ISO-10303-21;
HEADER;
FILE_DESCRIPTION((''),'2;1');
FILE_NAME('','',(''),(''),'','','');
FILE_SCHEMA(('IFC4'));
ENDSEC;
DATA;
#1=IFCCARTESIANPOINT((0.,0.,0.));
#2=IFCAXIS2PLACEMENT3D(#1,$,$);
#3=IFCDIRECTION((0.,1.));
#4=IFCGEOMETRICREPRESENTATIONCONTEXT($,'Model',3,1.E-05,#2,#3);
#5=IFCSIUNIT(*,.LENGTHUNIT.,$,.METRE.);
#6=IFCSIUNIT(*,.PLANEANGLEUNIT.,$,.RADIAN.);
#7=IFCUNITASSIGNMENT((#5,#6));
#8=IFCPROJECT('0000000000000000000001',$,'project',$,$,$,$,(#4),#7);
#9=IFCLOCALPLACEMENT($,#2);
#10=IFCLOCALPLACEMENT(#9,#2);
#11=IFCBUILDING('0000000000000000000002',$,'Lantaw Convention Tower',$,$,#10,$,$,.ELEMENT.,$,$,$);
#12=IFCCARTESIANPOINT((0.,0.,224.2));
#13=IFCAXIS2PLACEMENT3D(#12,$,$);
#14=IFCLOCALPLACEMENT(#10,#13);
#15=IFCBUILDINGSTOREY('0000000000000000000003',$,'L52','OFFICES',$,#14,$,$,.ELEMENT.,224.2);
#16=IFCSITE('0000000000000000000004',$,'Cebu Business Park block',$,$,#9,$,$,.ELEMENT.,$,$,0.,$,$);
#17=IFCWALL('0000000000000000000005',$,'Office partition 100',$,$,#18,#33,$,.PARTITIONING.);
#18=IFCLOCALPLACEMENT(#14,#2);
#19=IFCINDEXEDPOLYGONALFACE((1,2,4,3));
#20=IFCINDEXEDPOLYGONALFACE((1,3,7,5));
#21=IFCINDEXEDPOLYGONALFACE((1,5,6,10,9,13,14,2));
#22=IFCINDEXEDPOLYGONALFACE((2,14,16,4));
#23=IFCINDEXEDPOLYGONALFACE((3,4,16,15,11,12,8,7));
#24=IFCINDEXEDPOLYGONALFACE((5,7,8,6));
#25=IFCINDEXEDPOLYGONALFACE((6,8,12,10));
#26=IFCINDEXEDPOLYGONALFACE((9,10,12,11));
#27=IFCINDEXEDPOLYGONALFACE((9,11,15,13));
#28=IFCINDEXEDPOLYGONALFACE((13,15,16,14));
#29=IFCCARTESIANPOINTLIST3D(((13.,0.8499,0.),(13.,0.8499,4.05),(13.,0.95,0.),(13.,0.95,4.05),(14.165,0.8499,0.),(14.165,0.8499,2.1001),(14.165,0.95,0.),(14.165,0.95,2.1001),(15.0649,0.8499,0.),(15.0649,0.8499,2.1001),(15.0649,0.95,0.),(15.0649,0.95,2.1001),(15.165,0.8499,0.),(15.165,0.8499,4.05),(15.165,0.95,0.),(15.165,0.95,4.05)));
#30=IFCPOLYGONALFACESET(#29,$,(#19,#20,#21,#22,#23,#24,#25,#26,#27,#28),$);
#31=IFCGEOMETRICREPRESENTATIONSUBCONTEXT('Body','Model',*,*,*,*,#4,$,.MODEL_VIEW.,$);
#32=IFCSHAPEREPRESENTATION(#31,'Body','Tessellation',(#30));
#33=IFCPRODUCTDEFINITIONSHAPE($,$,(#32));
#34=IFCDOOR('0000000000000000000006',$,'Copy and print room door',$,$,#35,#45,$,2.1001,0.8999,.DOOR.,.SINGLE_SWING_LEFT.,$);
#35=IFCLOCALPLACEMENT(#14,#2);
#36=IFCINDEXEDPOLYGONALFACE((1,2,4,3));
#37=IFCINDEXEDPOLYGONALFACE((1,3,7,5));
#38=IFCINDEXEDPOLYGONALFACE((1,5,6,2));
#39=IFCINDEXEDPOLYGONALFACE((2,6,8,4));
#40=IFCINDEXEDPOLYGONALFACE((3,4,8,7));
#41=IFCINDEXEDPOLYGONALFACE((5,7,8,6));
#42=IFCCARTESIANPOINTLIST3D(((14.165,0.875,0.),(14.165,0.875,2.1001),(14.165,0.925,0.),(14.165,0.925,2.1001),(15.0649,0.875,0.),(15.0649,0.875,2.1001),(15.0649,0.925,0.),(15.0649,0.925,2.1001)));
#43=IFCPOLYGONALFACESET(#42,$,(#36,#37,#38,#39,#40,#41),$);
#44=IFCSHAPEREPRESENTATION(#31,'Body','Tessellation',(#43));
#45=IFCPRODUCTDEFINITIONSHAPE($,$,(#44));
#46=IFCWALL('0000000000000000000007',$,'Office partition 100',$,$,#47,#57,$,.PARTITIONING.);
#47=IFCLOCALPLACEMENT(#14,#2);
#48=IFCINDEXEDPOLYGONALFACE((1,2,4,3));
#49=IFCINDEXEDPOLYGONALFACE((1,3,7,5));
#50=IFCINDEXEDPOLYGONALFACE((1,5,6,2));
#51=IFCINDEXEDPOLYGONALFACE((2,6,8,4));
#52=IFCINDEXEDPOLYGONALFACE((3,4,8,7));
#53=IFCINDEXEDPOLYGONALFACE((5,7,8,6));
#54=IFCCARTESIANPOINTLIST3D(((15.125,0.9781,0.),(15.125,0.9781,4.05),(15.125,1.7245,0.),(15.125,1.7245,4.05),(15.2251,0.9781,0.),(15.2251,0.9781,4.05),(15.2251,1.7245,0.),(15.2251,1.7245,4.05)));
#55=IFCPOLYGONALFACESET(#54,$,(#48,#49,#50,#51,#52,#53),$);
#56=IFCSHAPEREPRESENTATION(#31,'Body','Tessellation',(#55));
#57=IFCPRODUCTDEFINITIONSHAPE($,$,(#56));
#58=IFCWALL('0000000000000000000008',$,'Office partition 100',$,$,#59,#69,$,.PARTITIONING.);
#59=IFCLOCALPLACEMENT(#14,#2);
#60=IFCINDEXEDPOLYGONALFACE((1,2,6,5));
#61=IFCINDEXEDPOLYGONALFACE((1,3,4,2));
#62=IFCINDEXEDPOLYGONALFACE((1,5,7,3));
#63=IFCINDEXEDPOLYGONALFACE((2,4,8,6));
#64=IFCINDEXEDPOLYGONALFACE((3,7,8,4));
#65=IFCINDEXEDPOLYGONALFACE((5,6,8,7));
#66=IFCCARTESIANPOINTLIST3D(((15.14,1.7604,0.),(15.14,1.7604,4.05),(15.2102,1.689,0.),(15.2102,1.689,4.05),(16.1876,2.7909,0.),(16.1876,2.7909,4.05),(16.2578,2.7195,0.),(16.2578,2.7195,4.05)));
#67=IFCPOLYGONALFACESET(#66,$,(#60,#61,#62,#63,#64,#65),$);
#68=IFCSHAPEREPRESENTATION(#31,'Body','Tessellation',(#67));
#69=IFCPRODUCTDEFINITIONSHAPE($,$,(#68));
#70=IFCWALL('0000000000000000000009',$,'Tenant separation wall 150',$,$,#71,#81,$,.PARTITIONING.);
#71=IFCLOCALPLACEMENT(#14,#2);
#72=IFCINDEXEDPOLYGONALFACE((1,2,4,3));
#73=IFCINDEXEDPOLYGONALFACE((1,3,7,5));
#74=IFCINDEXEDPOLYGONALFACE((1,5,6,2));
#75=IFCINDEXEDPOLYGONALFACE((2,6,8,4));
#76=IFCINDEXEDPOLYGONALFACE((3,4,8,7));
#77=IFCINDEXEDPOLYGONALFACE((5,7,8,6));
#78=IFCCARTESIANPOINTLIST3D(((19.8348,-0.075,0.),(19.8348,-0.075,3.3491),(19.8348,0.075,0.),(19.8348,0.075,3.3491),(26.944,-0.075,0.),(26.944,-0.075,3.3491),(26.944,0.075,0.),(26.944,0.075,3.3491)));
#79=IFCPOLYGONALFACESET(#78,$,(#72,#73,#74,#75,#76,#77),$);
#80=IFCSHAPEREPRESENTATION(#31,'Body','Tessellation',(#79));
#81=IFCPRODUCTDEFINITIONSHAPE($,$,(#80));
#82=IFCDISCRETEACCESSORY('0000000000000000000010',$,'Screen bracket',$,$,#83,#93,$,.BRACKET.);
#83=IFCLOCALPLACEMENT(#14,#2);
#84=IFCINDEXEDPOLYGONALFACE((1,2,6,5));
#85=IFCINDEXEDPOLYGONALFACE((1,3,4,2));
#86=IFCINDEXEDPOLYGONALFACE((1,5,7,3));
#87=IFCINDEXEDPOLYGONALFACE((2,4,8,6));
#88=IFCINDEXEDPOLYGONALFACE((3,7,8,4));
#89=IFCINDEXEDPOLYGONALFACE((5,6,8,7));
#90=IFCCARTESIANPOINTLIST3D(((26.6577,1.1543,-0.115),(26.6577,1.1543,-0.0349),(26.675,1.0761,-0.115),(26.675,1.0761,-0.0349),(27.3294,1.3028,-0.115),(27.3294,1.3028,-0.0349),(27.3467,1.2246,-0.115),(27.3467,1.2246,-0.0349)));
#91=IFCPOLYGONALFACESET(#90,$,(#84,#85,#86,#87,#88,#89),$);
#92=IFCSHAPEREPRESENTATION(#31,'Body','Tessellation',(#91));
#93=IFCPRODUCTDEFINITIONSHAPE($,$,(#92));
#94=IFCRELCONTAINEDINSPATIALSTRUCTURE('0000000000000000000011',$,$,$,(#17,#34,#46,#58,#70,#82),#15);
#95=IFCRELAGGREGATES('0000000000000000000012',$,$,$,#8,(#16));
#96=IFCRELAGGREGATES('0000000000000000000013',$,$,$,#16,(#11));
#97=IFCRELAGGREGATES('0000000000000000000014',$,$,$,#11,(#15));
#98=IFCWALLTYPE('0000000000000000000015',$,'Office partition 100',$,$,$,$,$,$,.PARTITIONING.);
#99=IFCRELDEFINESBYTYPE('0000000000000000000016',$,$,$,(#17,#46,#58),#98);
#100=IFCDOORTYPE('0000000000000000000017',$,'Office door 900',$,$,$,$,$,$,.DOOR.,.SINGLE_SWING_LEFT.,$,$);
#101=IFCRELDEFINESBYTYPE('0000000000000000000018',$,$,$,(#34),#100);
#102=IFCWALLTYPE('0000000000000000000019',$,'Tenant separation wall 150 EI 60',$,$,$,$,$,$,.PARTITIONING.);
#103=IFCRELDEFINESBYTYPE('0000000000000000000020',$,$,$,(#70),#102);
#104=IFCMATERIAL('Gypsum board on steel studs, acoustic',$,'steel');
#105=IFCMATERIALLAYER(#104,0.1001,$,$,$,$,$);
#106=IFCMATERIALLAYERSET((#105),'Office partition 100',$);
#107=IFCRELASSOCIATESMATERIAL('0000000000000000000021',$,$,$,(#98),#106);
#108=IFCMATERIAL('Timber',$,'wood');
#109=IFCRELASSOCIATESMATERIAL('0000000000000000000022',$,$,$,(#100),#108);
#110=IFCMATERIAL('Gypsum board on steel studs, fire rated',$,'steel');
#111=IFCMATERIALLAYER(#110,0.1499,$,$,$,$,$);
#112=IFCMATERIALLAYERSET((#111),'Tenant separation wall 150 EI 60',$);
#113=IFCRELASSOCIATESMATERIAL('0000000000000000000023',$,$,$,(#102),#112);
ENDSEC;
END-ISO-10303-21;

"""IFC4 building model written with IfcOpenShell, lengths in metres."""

from ifc_helpers import new_model, si_unit, direction, frame, frame_2d, origin, origin_2d, place, context, subcontext, project, spatial, rectangle, extrude, material, layer, layer_set, type_object, element, fill, save


model = new_model("IFC4")

# Units and contexts
model_context = context("Model", 3, precision=1e-05, world=origin(), true_north=direction((0.0, 1.0)))
body_context = subcontext(model_context, "Body", "Model", "MODEL_VIEW")
ifc_project = project(units=[si_unit("LENGTHUNIT", "METRE"), si_unit("PLANEANGLEUNIT", "RADIAN")], contexts=[model_context])

# Site, building, storey
site_placement = place(None, origin())
site = spatial("IfcSite", under=ifc_project, at=site_placement, Name="Cebu Business Park block", CompositionType="ELEMENT", RefElevation=0.0)
building_placement = place(site_placement, origin())
building = spatial("IfcBuilding", under=site, at=building_placement, Name="Lantaw Convention Tower", CompositionType="ELEMENT")
storey_placement = place(building_placement, frame((0.0, 0.0, 224.2)))
storey = spatial("IfcBuildingStorey", under=building, at=storey_placement, Name="L52", Description="OFFICES", CompositionType="ELEMENT", Elevation=224.2)

# Shared definitions
ifc_material_1 = material(Name="Gypsum board on steel studs, fire rated", Category="steel")
ifc_material_2 = material(Name="Gypsum board on steel studs, acoustic", Category="steel")
ifc_layer_1 = layer(ifc_material_2, 0.1001)
ifc_layer_set_1 = layer_set([ifc_layer_1], Name="Office partition 100")
wall_type_1 = type_object("IfcWallType", Name="Office partition 100", PredefinedType="PARTITIONING", material=ifc_layer_set_1)

# Wall, opening, door
wall_1_placement = place(storey_placement, frame((15.165, 0.8999, 0.0), z_axis=(0.0, 0.0, 1.0), x_axis=(-1.0, 0.0, 0.0)))
wall_1 = element("IfcWall", 1, at=wall_1_placement, inside=storey, type_object=wall_type_1, Name="Office partition 100", PredefinedType="PARTITIONING", context=body_context, shape_type="SweptSolid", body=[
    extrude(rectangle(XDim=2.165, YDim=0.1001, at=frame_2d((1.0825, 0.0))), origin(), (0.0, 0.0, 1.0), 4.05),
])
opening_placement = place(wall_1_placement, frame((0.1001, 0.0, 0.0)))
opening = element("IfcOpeningElement", 2, at=opening_placement, cuts=wall_1, PredefinedType="OPENING", context=body_context, shape_type="SweptSolid", body=[
    extrude(rectangle(XDim=0.8999, YDim=2.1001, at=frame_2d((0.45, 1.05))), frame((0.0, 0.0601, 0.0), z_axis=(0.0, -1.0, 0.0), x_axis=(1.0, 0.0, 0.0)), (0.0, 0.0, 1.0), 0.1201),
])
ifc_material_3 = material(Name="Timber", Category="wood")
door_type = type_object("IfcDoorType", Name="Office door 900", OperationType="SINGLE_SWING_LEFT", PredefinedType="DOOR", material=ifc_material_3)
door_placement = place(opening_placement, origin())
door = element("IfcDoor", 3, at=door_placement, inside=storey, type_object=door_type, Name="Copy and print room door", OperationType="SINGLE_SWING_LEFT", OverallHeight=2.1001, OverallWidth=0.8999, PredefinedType="DOOR", context=body_context, shape_type="SweptSolid", body=[
    extrude(rectangle(XDim=0.8999, YDim=2.1001, at=frame_2d((0.45, 1.05))), frame((0.0, 0.0249, 0.0), z_axis=(0.0, -1.0, 0.0), x_axis=(1.0, 0.0, 0.0)), (0.0, 0.0, 1.0), 0.05),
])
fill(opening, door)

# Walls
wall_2_placement = place(storey_placement, frame((15.175, 0.9783, 0.0), z_axis=(0.0, 0.0, 1.0), x_axis=(0.0, 1.0, 0.0)))
element("IfcWall", 4, at=wall_2_placement, inside=storey, type_object=wall_type_1, Name="Office partition 100", PredefinedType="PARTITIONING", context=body_context, shape_type="SweptSolid", body=[
    extrude(rectangle(XDim=0.7463, YDim=0.1001, at=frame_2d((0.373, 0.0))), origin(), (0.0, 0.0, 1.0), 4.05),
])
wall_3_placement = place(storey_placement, frame((15.175, 1.7246, 0.0), z_axis=(0.0, 0.0, 1.0), x_axis=(0.712898, 0.701268, 0.0)))
element("IfcWall", 5, at=wall_3_placement, inside=storey, type_object=wall_type_1, Name="Office partition 100", PredefinedType="PARTITIONING", context=body_context, shape_type="SweptSolid", body=[
    extrude(rectangle(XDim=1.4695, YDim=0.1001, at=frame_2d((0.7349, 0.0))), origin(), (0.0, 0.0, 1.0), 4.05),
])
ifc_layer_2 = layer(ifc_material_1, 0.1499)
ifc_layer_set_2 = layer_set([ifc_layer_2], Name="Tenant separation wall 150 EI 60")
wall_type_2 = type_object("IfcWallType", Name="Tenant separation wall 150 EI 60", PredefinedType="PARTITIONING", material=ifc_layer_set_2)
wall_4_placement = place(storey_placement, frame((26.9441, 0.0, 0.0), z_axis=(0.0, 0.0, 1.0), x_axis=(-1.0, 0.0, 0.0)))
element("IfcWall", 6, at=wall_4_placement, inside=storey, type_object=wall_type_2, Name="Tenant separation wall 150", PredefinedType="PARTITIONING", context=body_context, shape_type="SweptSolid", body=[
    extrude(rectangle(XDim=7.1091, YDim=0.1499, at=frame_2d((3.5547, 0.0))), origin(), (0.0, 0.0, 1.0), 3.3491),
])

# Discrete accessory
discrete_accessory_placement = place(storey_placement, frame((27.0022, 1.1895, -0.115), z_axis=(0.0, 0.0, 1.0), x_axis=(-0.215891, 0.976417, 0.0)))
element("IfcDiscreteAccessory", 7, at=discrete_accessory_placement, inside=storey, Name="Screen bracket", PredefinedType="BRACKET", context=body_context, shape_type="SweptSolid", body=[
    extrude(rectangle(XDim=0.0801, YDim=0.688, at=origin_2d()), origin(), (0.0, 0.0, 1.0), 0.0801),
])

save(model, "model.ifc")
